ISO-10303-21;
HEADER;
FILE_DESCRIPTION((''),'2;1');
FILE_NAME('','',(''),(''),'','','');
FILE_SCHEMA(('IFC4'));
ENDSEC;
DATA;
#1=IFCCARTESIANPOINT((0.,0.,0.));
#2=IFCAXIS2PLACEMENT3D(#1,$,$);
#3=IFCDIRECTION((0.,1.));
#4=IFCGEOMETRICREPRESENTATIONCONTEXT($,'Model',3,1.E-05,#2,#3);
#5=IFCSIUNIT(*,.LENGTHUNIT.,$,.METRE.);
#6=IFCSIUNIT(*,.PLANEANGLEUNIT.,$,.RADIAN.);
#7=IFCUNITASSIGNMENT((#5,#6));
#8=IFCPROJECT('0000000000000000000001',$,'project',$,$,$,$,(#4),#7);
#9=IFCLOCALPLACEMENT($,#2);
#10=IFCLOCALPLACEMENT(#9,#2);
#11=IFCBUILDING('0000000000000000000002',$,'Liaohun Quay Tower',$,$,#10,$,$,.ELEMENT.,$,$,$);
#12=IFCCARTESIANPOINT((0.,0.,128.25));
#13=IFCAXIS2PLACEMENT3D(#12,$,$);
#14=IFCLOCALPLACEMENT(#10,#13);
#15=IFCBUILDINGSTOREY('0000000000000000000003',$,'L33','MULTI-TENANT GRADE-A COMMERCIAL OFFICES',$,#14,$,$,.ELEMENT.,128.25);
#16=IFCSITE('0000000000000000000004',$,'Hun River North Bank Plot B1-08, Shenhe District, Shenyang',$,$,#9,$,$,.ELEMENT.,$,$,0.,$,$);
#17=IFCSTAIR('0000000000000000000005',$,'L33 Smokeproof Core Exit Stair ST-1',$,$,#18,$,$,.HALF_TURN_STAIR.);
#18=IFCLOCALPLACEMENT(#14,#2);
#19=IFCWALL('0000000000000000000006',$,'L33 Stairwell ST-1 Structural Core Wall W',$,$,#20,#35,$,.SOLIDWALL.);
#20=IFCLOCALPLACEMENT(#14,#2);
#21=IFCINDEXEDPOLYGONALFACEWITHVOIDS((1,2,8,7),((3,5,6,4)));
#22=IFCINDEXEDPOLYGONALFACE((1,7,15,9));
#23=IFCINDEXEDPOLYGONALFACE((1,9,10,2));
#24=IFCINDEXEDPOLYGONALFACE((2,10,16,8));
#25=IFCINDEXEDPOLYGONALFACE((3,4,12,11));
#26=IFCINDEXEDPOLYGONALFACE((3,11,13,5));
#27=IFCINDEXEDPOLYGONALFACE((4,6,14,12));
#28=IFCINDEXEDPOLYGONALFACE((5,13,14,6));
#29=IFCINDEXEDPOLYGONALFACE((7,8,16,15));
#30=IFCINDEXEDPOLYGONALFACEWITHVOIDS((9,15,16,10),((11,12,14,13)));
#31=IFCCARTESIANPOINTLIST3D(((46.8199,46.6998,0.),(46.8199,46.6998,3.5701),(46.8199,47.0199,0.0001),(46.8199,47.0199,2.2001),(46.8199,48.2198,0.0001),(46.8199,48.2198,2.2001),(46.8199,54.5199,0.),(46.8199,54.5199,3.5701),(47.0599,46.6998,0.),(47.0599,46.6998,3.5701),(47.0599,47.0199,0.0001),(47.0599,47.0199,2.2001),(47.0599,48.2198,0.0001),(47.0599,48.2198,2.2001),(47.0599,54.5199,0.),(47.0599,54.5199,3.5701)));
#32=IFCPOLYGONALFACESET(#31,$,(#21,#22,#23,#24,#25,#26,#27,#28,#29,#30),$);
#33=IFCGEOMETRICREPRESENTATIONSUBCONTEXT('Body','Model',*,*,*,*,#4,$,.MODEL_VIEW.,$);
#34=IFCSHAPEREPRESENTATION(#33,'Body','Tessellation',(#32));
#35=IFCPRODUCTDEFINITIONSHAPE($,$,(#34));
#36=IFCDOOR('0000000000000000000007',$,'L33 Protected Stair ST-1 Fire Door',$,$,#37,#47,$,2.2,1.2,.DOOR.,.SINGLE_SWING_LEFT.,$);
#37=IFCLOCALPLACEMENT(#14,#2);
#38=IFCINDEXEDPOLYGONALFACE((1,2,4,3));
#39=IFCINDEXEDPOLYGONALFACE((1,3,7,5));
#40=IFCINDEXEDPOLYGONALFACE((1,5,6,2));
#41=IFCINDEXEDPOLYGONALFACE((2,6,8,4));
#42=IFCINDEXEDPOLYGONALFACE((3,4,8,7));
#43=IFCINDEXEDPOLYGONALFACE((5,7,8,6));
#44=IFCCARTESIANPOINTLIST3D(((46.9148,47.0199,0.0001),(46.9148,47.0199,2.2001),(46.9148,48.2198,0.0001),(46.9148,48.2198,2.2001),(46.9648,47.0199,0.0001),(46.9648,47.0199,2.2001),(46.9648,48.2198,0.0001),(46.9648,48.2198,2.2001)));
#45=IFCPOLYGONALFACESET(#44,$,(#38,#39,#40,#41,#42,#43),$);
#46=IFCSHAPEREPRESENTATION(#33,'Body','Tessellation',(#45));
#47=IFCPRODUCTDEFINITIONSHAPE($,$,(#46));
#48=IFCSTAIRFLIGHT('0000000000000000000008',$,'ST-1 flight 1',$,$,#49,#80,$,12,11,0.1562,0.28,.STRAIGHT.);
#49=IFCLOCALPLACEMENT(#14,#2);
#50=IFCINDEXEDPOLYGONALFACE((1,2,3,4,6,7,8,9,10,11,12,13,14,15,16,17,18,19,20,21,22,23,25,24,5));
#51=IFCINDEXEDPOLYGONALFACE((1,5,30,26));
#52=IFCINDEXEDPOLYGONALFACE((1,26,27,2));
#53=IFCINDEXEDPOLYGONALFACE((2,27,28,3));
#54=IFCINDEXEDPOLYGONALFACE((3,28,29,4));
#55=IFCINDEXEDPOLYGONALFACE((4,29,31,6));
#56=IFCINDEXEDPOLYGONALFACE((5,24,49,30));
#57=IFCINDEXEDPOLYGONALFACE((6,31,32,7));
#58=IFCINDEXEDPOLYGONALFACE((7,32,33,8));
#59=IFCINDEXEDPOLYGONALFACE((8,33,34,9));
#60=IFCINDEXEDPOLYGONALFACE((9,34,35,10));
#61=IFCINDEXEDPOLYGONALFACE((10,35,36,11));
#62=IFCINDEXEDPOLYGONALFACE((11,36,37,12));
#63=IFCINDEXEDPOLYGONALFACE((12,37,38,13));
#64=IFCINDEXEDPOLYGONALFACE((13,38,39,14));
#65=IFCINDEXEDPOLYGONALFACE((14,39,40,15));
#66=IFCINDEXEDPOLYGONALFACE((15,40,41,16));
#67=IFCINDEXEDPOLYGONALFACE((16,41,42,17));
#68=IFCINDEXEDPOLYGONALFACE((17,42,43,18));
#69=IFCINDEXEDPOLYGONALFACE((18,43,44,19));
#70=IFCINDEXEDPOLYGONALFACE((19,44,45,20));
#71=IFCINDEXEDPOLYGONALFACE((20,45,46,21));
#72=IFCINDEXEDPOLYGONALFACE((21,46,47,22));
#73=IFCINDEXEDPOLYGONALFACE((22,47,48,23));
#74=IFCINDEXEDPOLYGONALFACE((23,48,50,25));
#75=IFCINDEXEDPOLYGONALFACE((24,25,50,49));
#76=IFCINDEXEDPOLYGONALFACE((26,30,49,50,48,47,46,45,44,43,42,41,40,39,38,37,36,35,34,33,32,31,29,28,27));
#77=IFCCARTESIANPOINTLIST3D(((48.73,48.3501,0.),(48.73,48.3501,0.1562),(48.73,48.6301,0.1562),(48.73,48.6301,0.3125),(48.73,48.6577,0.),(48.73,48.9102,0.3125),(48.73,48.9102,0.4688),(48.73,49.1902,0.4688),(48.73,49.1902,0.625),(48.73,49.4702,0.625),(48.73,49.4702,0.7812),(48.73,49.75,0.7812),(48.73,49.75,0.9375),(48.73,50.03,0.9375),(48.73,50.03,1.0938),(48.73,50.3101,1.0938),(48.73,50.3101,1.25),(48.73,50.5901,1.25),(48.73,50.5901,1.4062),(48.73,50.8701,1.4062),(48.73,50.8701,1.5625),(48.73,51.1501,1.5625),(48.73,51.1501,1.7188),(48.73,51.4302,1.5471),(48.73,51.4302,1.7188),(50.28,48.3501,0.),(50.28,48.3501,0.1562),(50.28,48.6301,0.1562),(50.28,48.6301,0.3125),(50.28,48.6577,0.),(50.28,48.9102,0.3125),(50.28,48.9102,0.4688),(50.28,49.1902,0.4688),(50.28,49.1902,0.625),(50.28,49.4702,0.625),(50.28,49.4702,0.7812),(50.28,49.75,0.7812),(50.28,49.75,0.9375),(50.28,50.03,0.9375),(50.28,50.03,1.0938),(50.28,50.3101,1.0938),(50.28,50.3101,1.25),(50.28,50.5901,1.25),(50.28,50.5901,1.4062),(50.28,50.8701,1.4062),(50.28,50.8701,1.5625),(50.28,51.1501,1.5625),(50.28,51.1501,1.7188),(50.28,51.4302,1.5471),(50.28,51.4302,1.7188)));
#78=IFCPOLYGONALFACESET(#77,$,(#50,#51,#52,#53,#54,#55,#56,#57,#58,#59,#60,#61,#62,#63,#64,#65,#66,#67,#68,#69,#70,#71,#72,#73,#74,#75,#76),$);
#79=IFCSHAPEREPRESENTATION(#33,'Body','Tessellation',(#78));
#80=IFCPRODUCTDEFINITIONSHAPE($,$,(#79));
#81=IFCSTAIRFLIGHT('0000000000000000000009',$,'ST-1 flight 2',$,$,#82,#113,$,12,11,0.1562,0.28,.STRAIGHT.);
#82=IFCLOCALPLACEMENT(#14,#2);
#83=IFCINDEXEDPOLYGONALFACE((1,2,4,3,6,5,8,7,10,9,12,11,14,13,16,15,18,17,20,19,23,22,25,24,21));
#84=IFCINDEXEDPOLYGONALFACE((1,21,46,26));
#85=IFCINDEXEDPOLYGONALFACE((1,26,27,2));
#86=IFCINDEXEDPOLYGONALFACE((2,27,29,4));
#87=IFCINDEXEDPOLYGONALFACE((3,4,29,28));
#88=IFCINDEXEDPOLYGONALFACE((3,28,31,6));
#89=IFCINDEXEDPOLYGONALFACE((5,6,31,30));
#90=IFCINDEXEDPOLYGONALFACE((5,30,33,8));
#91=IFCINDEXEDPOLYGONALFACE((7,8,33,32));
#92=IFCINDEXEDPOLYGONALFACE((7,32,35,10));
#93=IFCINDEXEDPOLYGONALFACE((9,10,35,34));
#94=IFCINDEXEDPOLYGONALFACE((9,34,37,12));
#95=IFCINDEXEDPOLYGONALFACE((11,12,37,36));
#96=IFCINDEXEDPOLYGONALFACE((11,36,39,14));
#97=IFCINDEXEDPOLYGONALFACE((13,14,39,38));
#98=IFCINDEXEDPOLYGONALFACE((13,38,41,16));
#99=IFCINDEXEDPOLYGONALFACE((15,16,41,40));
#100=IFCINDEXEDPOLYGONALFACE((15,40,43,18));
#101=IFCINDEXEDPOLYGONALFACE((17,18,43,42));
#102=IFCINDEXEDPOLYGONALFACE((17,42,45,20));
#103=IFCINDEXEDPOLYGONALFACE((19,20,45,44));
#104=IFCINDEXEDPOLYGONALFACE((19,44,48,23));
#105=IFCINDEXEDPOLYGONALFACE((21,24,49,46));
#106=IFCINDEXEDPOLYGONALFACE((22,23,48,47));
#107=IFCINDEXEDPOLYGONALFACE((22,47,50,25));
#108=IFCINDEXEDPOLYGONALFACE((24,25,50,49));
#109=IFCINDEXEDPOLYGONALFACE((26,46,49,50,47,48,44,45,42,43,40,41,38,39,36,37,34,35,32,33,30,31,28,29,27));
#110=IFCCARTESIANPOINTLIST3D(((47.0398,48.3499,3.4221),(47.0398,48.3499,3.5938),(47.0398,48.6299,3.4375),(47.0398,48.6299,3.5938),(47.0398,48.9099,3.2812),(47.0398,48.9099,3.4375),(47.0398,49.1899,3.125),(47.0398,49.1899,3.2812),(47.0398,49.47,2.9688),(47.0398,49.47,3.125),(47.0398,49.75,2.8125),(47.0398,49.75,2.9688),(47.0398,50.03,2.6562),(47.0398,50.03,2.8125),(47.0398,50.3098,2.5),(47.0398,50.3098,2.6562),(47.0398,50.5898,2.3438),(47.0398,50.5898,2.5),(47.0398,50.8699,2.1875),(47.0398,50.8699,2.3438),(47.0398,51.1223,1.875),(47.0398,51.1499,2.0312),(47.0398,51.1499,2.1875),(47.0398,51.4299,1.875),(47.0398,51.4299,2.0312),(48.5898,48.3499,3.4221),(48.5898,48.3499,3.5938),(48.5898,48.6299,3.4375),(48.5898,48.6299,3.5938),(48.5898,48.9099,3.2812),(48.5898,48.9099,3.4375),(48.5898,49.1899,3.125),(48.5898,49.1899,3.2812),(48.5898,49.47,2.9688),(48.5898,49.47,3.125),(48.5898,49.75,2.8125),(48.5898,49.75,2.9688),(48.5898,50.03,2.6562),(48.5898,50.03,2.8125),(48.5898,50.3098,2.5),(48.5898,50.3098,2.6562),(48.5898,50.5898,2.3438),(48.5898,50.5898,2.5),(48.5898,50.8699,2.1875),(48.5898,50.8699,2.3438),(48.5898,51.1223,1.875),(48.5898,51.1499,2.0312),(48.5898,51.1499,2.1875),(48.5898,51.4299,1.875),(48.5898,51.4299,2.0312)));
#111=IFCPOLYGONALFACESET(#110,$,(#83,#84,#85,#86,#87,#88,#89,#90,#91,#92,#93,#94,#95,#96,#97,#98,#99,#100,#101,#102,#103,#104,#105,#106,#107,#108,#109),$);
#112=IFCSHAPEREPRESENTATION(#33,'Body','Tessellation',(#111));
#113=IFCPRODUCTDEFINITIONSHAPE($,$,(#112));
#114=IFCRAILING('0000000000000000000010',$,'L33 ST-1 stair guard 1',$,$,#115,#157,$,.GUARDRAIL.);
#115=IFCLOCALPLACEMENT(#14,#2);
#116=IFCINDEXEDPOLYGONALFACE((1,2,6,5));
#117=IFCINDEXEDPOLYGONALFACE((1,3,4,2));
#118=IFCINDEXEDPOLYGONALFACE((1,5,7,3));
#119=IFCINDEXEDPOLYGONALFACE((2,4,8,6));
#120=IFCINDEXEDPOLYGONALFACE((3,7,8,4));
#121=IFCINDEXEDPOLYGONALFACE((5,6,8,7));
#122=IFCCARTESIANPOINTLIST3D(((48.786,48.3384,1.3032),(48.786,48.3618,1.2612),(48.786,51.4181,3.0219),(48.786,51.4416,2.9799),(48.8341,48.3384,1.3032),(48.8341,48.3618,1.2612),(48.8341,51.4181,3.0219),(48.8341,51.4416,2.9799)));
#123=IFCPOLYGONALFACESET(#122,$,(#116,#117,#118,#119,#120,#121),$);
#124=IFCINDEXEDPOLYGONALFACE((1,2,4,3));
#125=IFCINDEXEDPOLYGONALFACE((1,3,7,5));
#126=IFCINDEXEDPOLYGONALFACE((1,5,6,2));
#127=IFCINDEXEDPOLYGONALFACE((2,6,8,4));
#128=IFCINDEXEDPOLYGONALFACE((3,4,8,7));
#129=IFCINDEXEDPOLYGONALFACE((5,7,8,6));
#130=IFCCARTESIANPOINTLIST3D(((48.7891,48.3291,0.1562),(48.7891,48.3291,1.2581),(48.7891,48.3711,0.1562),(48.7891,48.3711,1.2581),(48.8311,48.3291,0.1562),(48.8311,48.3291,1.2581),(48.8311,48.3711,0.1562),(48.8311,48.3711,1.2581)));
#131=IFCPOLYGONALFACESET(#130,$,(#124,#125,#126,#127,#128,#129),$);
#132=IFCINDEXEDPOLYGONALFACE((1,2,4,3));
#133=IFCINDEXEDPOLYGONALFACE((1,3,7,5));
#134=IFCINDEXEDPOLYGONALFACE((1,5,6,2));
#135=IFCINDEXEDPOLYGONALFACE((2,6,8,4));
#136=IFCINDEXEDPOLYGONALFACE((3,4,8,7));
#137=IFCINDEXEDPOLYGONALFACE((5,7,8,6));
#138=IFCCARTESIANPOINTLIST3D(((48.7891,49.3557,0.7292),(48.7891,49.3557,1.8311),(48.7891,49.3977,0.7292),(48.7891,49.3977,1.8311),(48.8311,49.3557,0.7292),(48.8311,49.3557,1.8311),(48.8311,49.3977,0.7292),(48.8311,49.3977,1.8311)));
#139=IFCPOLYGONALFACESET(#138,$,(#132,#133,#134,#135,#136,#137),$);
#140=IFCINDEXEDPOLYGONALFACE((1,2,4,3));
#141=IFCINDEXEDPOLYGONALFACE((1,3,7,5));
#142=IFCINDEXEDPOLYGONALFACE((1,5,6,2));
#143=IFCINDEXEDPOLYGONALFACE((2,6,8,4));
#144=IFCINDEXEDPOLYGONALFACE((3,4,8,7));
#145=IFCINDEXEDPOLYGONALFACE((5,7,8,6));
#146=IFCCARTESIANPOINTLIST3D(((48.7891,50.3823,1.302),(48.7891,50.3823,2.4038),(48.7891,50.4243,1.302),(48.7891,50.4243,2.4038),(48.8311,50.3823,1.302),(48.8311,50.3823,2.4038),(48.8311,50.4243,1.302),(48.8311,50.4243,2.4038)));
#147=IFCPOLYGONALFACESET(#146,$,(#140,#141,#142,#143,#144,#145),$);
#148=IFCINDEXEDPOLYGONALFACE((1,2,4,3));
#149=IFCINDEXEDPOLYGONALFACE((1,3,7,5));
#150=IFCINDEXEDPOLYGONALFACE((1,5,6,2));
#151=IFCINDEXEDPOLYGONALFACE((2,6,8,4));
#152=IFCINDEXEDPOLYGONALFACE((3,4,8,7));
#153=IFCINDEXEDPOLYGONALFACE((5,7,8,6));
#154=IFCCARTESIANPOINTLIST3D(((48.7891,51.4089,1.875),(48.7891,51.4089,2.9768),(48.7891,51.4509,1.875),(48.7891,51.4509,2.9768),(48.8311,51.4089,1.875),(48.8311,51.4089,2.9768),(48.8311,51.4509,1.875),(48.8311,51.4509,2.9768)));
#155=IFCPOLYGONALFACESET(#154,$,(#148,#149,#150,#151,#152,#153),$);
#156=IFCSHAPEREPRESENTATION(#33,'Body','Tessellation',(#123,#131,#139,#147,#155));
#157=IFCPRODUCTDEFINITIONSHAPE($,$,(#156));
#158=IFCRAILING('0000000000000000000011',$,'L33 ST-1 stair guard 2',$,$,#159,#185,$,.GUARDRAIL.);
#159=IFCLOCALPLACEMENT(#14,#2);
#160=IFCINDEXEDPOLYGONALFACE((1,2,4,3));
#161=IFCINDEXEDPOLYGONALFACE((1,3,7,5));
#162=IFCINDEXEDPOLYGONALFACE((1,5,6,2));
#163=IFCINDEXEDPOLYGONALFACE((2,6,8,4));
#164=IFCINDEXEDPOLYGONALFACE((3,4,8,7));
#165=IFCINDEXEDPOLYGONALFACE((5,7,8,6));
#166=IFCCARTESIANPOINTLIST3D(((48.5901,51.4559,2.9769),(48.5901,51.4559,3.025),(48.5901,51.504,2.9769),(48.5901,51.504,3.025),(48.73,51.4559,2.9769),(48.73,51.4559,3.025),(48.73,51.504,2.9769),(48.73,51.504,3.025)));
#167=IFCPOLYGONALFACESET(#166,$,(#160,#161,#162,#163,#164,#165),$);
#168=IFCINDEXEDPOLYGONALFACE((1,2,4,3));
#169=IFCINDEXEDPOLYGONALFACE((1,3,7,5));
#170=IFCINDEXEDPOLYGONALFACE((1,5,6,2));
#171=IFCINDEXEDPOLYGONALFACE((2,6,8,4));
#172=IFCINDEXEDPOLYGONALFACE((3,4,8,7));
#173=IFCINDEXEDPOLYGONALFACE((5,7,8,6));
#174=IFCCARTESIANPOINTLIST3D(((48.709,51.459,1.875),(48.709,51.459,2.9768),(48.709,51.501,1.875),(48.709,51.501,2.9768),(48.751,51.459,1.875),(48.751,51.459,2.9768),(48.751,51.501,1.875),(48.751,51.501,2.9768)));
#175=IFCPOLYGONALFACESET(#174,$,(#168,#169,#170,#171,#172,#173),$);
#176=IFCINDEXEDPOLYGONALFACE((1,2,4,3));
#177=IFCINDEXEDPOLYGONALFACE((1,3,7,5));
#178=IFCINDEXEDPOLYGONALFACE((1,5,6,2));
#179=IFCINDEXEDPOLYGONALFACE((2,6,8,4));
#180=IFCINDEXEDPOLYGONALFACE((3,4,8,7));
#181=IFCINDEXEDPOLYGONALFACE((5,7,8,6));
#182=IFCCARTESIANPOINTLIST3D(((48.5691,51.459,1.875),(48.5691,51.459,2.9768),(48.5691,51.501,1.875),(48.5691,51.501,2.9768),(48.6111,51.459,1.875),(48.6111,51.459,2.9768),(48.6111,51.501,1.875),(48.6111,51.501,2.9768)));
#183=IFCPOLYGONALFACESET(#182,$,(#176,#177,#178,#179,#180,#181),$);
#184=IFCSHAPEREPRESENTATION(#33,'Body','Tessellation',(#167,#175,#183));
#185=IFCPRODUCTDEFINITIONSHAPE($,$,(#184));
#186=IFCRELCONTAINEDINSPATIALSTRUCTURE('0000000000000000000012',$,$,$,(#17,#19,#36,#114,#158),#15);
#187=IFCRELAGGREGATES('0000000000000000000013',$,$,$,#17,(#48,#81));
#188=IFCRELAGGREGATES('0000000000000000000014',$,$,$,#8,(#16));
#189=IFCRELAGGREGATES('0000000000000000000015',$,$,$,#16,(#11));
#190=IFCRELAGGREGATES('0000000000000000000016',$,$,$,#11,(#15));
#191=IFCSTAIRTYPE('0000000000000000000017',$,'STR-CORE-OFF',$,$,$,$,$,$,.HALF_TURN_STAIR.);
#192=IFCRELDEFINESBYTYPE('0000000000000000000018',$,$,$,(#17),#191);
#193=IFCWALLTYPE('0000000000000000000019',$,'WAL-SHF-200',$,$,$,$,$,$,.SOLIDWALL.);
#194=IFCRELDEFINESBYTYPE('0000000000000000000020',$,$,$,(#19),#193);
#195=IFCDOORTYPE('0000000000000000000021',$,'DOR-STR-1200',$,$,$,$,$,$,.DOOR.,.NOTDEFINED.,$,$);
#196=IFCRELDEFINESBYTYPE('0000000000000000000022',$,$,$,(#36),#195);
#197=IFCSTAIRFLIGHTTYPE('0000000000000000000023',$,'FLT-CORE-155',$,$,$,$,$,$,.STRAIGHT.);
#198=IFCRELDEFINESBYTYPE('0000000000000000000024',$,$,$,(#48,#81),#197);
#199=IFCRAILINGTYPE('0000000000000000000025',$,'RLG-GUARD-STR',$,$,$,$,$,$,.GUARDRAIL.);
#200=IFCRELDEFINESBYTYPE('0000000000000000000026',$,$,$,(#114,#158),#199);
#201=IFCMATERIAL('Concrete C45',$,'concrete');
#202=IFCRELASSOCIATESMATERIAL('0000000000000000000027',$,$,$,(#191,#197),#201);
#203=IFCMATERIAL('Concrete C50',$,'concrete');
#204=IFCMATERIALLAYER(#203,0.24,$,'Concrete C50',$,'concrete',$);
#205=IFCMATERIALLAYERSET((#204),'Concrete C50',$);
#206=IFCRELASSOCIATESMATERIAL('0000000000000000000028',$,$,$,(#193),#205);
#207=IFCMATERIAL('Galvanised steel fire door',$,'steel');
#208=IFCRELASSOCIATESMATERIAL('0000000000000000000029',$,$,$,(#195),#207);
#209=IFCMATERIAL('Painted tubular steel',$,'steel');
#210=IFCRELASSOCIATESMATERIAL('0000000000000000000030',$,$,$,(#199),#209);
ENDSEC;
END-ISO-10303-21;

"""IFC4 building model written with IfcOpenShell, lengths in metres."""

from ifc_helpers import new_model, si_unit, direction, frame, frame_2d, origin, origin_2d, place, context, subcontext, project, spatial, polyline, rectangle, outline, extrude, source, transform, mapped, material, layer, layer_set, type_object, element, fill, aggregate, save


model = new_model("IFC4")

# Units and contexts
model_context = context("Model", 3, precision=1e-05, world=origin(), true_north=direction((0.0, 1.0)))
body_context = subcontext(model_context, "Body", "Model", "MODEL_VIEW")
ifc_project = project(units=[si_unit("LENGTHUNIT", "METRE"), si_unit("PLANEANGLEUNIT", "RADIAN")], contexts=[model_context])

# Site, building, storey
site_placement = place(None, origin())
site = spatial("IfcSite", under=ifc_project, at=site_placement, Name="Hun River North Bank Plot B1-08, Shenhe District, Shenyang", CompositionType="ELEMENT", RefElevation=0.0)
building_placement = place(site_placement, origin())
building = spatial("IfcBuilding", under=site, at=building_placement, Name="Liaohun Quay Tower", CompositionType="ELEMENT")
storey_placement = place(building_placement, frame((0.0, 0.0, 128.25)))
storey = spatial("IfcBuildingStorey", under=building, at=storey_placement, Name="L33", Description="MULTI-TENANT GRADE-A COMMERCIAL OFFICES", CompositionType="ELEMENT", Elevation=128.25)

# Stair
ifc_material_1 = material(Name="Concrete C45", Category="concrete")
stair_type = type_object("IfcStairType", Name="STR-CORE-OFF", PredefinedType="HALF_TURN_STAIR", material=ifc_material_1)
stair_1_placement = place(storey_placement, origin())
stair_1 = element("IfcStair", 1, at=stair_1_placement, inside=storey, type_object=stair_type, Name="L33 Smokeproof Core Exit Stair ST-1", PredefinedType="HALF_TURN_STAIR")

# Shared definitions
ifc_material_2 = material(Name="Concrete C50", Category="concrete")
ifc_layer_1 = layer(ifc_material_2, 0.24, Name="Concrete C50", Category="concrete")
ifc_layer_set_1 = layer_set([ifc_layer_1], Name="Concrete C50")
wall_type_1 = type_object("IfcWallType", Name="WAL-SHF-200", PredefinedType="SOLIDWALL", material=ifc_layer_set_1)

# Wall, opening, door
wall_1_placement = place(storey_placement, frame((46.9399, 54.52, 0.0), z_axis=(0.0, 0.0, 1.0), x_axis=(0.0, -1.0, 0.0)))
wall_1 = element("IfcWall", 2, at=wall_1_placement, inside=storey, type_object=wall_type_1, Name="L33 Stairwell ST-1 Structural Core Wall W", PredefinedType="SOLIDWALL", context=body_context, shape_type="SweptSolid", body=[
    extrude(rectangle(XDim=7.8201, YDim=0.24, at=frame_2d((3.9102, 0.0))), origin(), (0.0, 0.0, 1.0), 3.5701),
])
shared_shape_1 = source(origin(), body_context, "Body", "SweptSolid", [
    extrude(rectangle(XDim=1.2, YDim=2.2, at=frame_2d((0.6001, 1.1001))), frame((0.0, 0.1299, 0.0), z_axis=(0.0, -1.0, 0.0), x_axis=(1.0, 0.0, 0.0)), (0.0, 0.0, 1.0), 0.26),
])
opening_1_placement = place(wall_1_placement, frame((6.3, 0.0, 0.0)))
opening_1 = element("IfcOpeningElement", 3, at=opening_1_placement, cuts=wall_1, PredefinedType="OPENING", context=body_context, shape_type="MappedRepresentation", body=[
    mapped(shared_shape_1, transform((0.0, 0.0, 0.0), x_axis=(1.0, 0.0, 0.0), y_axis=(0.0, 1.0, 0.0), z_axis=(0.0, 0.0, 1.0), scale=1.0)),
])
ifc_material_3 = material(Name="Galvanised steel fire door", Category="steel")
door_type_1 = type_object("IfcDoorType", Name="DOR-STR-1200", OperationType="NOTDEFINED", PredefinedType="DOOR", material=ifc_material_3)
shared_shape_2 = source(origin(), body_context, "Body", "SweptSolid", [
    extrude(rectangle(XDim=1.2, YDim=2.2, at=frame_2d((0.6001, 1.1001))), frame((0.0, 0.0249, 0.0), z_axis=(0.0, -1.0, 0.0), x_axis=(1.0, 0.0, 0.0)), (0.0, 0.0, 1.0), 0.05),
])
door_1_placement = place(opening_1_placement, origin())
door_1 = element("IfcDoor", 4, at=door_1_placement, inside=storey, type_object=door_type_1, Name="L33 Protected Stair ST-1 Fire Door", OperationType="SINGLE_SWING_LEFT", OverallHeight=2.2, OverallWidth=1.2, PredefinedType="DOOR", context=body_context, shape_type="MappedRepresentation", body=[
    mapped(shared_shape_2, transform((0.0, 0.0, 0.0), x_axis=(1.0, 0.0, 0.0), y_axis=(0.0, 1.0, 0.0), z_axis=(0.0, 0.0, 1.0), scale=1.0)),
])
fill(opening_1, door_1)

# Stair flights
stair_flight_type = type_object("IfcStairFlightType", Name="FLT-CORE-155", PredefinedType="STRAIGHT", material=ifc_material_1)
stair_flight_1_placement = place(storey_placement, frame((49.5049, 48.3501, 0.0), z_axis=(0.0, 0.0, 1.0), x_axis=(0.0, 1.0, 0.0)))
stair_flight_1 = element("IfcStairFlight", 5, at=stair_flight_1_placement, type_object=stair_flight_type, Name="ST-1 flight 1", NumberOfRisers=12, NumberOfTreads=11, PredefinedType="STRAIGHT", RiserHeight=0.1562, TreadLength=0.28, context=body_context, shape_type="SweptSolid", body=[
    extrude(outline(polyline([(0.0, 0.0), (0.0, 0.1562), (0.28, 0.1562), (0.28, 0.3125), (0.5601, 0.3125), (0.5601, 0.4688), (0.8401, 0.4688), (0.8401, 0.625), (1.1201, 0.625), (1.1201, 0.7812), (1.3999, 0.7812), (1.3999, 0.9375), (1.6799, 0.9375), (1.6799, 1.0938), (1.96, 1.0938), (1.96, 1.25), (2.24, 1.25), (2.24, 1.4062), (2.52, 1.4062), (2.52, 1.5625), (2.8, 1.5625), (2.8, 1.7188), (3.0801, 1.7188), (3.0801, 1.875), (3.0801, 1.5471), (0.3076, 0.0), (0.0, 0.0)])), frame((0.0, 0.7749, 0.0), z_axis=(0.0, -1.0, 0.0), x_axis=(1.0, 0.0, 0.0)), (0.0, 0.0, 1.0), 1.55),
])
stair_flight_2_placement = place(storey_placement, frame((47.8149, 51.4299, 1.875), z_axis=(0.0, 0.0, 1.0), x_axis=(0.0, -1.0, 0.0)))
stair_flight_2 = element("IfcStairFlight", 6, at=stair_flight_2_placement, type_object=stair_flight_type, Name="ST-1 flight 2", NumberOfRisers=12, NumberOfTreads=11, PredefinedType="STRAIGHT", RiserHeight=0.1562, TreadLength=0.28, context=body_context, shape_type="SweptSolid", body=[
    extrude(outline(polyline([(0.0, 0.0), (0.0, 0.1562), (0.28, 0.1562), (0.28, 0.3125), (0.5601, 0.3125), (0.5601, 0.4688), (0.8401, 0.4688), (0.8401, 0.625), (1.1201, 0.625), (1.1201, 0.7812), (1.3999, 0.7812), (1.3999, 0.9375), (1.6799, 0.9375), (1.6799, 1.0938), (1.96, 1.0938), (1.96, 1.25), (2.24, 1.25), (2.24, 1.4062), (2.52, 1.4062), (2.52, 1.5625), (2.8, 1.5625), (2.8, 1.7188), (3.0801, 1.7188), (3.0801, 1.875), (3.0801, 1.5471), (0.3076, 0.0), (0.0, 0.0)])), frame((0.0, 0.7749, 0.0), z_axis=(0.0, -1.0, 0.0), x_axis=(1.0, 0.0, 0.0)), (0.0, 0.0, 1.0), 1.55),
])
aggregate(stair_1, [stair_flight_1, stair_flight_2])

# Railings
ifc_material_4 = material(Name="Painted tubular steel", Category="steel")
railing_type_1 = type_object("IfcRailingType", Name="RLG-GUARD-STR", PredefinedType="GUARDRAIL", material=ifc_material_4)
railing_1_placement = place(storey_placement, frame((48.8101, 48.3501, 0.1562)))
element("IfcRailing", 7, at=railing_1_placement, inside=storey, type_object=railing_type_1, Name="L33 ST-1 stair guard 1", PredefinedType="GUARDRAIL", context=body_context, shape_type="SweptSolid", body=[
    extrude(rectangle(XDim=0.0481, YDim=0.0481, at=origin_2d()), frame((0.0, 0.0, 1.126), z_axis=(0.0, 0.873225, 0.487317), x_axis=(-1.0, 0.0, 0.0)), (0.0, 0.0, 1.0), 3.5269),
    extrude(rectangle(XDim=0.042, YDim=0.042, at=origin_2d()), origin(), (0.0, 0.0, 1.0), 1.1018),
    extrude(rectangle(XDim=0.042, YDim=0.042, at=origin_2d()), frame((0.0, 1.0266, 0.573)), (0.0, 0.0, 1.0), 1.1018),
    extrude(rectangle(XDim=0.042, YDim=0.042, at=origin_2d()), frame((0.0, 2.0532, 1.1458)), (0.0, 0.0, 1.0), 1.1018),
    extrude(rectangle(XDim=0.042, YDim=0.042, at=origin_2d()), frame((0.0, 3.0798, 1.7188)), (0.0, 0.0, 1.0), 1.1018),
])
railing_2_placement = place(storey_placement, frame((48.73, 51.48, 1.875)))
element("IfcRailing", 8, at=railing_2_placement, inside=storey, type_object=railing_type_1, Name="L33 ST-1 stair guard 2", PredefinedType="GUARDRAIL", context=body_context, shape_type="SweptSolid", body=[
    extrude(rectangle(XDim=0.0481, YDim=0.0481, at=origin_2d()), frame((0.0, 0.0, 1.126), z_axis=(-1.0, 0.0, 0.0), x_axis=(0.0, -1.0, 0.0)), (0.0, 0.0, 1.0), 0.1399),
    extrude(rectangle(XDim=0.042, YDim=0.042, at=origin_2d()), origin(), (0.0, 0.0, 1.0), 1.1018),
    extrude(rectangle(XDim=0.042, YDim=0.042, at=origin_2d()), frame((-0.1399, 0.0, 0.0)), (0.0, 0.0, 1.0), 1.1018),
])

save(model, "model.ifc")
